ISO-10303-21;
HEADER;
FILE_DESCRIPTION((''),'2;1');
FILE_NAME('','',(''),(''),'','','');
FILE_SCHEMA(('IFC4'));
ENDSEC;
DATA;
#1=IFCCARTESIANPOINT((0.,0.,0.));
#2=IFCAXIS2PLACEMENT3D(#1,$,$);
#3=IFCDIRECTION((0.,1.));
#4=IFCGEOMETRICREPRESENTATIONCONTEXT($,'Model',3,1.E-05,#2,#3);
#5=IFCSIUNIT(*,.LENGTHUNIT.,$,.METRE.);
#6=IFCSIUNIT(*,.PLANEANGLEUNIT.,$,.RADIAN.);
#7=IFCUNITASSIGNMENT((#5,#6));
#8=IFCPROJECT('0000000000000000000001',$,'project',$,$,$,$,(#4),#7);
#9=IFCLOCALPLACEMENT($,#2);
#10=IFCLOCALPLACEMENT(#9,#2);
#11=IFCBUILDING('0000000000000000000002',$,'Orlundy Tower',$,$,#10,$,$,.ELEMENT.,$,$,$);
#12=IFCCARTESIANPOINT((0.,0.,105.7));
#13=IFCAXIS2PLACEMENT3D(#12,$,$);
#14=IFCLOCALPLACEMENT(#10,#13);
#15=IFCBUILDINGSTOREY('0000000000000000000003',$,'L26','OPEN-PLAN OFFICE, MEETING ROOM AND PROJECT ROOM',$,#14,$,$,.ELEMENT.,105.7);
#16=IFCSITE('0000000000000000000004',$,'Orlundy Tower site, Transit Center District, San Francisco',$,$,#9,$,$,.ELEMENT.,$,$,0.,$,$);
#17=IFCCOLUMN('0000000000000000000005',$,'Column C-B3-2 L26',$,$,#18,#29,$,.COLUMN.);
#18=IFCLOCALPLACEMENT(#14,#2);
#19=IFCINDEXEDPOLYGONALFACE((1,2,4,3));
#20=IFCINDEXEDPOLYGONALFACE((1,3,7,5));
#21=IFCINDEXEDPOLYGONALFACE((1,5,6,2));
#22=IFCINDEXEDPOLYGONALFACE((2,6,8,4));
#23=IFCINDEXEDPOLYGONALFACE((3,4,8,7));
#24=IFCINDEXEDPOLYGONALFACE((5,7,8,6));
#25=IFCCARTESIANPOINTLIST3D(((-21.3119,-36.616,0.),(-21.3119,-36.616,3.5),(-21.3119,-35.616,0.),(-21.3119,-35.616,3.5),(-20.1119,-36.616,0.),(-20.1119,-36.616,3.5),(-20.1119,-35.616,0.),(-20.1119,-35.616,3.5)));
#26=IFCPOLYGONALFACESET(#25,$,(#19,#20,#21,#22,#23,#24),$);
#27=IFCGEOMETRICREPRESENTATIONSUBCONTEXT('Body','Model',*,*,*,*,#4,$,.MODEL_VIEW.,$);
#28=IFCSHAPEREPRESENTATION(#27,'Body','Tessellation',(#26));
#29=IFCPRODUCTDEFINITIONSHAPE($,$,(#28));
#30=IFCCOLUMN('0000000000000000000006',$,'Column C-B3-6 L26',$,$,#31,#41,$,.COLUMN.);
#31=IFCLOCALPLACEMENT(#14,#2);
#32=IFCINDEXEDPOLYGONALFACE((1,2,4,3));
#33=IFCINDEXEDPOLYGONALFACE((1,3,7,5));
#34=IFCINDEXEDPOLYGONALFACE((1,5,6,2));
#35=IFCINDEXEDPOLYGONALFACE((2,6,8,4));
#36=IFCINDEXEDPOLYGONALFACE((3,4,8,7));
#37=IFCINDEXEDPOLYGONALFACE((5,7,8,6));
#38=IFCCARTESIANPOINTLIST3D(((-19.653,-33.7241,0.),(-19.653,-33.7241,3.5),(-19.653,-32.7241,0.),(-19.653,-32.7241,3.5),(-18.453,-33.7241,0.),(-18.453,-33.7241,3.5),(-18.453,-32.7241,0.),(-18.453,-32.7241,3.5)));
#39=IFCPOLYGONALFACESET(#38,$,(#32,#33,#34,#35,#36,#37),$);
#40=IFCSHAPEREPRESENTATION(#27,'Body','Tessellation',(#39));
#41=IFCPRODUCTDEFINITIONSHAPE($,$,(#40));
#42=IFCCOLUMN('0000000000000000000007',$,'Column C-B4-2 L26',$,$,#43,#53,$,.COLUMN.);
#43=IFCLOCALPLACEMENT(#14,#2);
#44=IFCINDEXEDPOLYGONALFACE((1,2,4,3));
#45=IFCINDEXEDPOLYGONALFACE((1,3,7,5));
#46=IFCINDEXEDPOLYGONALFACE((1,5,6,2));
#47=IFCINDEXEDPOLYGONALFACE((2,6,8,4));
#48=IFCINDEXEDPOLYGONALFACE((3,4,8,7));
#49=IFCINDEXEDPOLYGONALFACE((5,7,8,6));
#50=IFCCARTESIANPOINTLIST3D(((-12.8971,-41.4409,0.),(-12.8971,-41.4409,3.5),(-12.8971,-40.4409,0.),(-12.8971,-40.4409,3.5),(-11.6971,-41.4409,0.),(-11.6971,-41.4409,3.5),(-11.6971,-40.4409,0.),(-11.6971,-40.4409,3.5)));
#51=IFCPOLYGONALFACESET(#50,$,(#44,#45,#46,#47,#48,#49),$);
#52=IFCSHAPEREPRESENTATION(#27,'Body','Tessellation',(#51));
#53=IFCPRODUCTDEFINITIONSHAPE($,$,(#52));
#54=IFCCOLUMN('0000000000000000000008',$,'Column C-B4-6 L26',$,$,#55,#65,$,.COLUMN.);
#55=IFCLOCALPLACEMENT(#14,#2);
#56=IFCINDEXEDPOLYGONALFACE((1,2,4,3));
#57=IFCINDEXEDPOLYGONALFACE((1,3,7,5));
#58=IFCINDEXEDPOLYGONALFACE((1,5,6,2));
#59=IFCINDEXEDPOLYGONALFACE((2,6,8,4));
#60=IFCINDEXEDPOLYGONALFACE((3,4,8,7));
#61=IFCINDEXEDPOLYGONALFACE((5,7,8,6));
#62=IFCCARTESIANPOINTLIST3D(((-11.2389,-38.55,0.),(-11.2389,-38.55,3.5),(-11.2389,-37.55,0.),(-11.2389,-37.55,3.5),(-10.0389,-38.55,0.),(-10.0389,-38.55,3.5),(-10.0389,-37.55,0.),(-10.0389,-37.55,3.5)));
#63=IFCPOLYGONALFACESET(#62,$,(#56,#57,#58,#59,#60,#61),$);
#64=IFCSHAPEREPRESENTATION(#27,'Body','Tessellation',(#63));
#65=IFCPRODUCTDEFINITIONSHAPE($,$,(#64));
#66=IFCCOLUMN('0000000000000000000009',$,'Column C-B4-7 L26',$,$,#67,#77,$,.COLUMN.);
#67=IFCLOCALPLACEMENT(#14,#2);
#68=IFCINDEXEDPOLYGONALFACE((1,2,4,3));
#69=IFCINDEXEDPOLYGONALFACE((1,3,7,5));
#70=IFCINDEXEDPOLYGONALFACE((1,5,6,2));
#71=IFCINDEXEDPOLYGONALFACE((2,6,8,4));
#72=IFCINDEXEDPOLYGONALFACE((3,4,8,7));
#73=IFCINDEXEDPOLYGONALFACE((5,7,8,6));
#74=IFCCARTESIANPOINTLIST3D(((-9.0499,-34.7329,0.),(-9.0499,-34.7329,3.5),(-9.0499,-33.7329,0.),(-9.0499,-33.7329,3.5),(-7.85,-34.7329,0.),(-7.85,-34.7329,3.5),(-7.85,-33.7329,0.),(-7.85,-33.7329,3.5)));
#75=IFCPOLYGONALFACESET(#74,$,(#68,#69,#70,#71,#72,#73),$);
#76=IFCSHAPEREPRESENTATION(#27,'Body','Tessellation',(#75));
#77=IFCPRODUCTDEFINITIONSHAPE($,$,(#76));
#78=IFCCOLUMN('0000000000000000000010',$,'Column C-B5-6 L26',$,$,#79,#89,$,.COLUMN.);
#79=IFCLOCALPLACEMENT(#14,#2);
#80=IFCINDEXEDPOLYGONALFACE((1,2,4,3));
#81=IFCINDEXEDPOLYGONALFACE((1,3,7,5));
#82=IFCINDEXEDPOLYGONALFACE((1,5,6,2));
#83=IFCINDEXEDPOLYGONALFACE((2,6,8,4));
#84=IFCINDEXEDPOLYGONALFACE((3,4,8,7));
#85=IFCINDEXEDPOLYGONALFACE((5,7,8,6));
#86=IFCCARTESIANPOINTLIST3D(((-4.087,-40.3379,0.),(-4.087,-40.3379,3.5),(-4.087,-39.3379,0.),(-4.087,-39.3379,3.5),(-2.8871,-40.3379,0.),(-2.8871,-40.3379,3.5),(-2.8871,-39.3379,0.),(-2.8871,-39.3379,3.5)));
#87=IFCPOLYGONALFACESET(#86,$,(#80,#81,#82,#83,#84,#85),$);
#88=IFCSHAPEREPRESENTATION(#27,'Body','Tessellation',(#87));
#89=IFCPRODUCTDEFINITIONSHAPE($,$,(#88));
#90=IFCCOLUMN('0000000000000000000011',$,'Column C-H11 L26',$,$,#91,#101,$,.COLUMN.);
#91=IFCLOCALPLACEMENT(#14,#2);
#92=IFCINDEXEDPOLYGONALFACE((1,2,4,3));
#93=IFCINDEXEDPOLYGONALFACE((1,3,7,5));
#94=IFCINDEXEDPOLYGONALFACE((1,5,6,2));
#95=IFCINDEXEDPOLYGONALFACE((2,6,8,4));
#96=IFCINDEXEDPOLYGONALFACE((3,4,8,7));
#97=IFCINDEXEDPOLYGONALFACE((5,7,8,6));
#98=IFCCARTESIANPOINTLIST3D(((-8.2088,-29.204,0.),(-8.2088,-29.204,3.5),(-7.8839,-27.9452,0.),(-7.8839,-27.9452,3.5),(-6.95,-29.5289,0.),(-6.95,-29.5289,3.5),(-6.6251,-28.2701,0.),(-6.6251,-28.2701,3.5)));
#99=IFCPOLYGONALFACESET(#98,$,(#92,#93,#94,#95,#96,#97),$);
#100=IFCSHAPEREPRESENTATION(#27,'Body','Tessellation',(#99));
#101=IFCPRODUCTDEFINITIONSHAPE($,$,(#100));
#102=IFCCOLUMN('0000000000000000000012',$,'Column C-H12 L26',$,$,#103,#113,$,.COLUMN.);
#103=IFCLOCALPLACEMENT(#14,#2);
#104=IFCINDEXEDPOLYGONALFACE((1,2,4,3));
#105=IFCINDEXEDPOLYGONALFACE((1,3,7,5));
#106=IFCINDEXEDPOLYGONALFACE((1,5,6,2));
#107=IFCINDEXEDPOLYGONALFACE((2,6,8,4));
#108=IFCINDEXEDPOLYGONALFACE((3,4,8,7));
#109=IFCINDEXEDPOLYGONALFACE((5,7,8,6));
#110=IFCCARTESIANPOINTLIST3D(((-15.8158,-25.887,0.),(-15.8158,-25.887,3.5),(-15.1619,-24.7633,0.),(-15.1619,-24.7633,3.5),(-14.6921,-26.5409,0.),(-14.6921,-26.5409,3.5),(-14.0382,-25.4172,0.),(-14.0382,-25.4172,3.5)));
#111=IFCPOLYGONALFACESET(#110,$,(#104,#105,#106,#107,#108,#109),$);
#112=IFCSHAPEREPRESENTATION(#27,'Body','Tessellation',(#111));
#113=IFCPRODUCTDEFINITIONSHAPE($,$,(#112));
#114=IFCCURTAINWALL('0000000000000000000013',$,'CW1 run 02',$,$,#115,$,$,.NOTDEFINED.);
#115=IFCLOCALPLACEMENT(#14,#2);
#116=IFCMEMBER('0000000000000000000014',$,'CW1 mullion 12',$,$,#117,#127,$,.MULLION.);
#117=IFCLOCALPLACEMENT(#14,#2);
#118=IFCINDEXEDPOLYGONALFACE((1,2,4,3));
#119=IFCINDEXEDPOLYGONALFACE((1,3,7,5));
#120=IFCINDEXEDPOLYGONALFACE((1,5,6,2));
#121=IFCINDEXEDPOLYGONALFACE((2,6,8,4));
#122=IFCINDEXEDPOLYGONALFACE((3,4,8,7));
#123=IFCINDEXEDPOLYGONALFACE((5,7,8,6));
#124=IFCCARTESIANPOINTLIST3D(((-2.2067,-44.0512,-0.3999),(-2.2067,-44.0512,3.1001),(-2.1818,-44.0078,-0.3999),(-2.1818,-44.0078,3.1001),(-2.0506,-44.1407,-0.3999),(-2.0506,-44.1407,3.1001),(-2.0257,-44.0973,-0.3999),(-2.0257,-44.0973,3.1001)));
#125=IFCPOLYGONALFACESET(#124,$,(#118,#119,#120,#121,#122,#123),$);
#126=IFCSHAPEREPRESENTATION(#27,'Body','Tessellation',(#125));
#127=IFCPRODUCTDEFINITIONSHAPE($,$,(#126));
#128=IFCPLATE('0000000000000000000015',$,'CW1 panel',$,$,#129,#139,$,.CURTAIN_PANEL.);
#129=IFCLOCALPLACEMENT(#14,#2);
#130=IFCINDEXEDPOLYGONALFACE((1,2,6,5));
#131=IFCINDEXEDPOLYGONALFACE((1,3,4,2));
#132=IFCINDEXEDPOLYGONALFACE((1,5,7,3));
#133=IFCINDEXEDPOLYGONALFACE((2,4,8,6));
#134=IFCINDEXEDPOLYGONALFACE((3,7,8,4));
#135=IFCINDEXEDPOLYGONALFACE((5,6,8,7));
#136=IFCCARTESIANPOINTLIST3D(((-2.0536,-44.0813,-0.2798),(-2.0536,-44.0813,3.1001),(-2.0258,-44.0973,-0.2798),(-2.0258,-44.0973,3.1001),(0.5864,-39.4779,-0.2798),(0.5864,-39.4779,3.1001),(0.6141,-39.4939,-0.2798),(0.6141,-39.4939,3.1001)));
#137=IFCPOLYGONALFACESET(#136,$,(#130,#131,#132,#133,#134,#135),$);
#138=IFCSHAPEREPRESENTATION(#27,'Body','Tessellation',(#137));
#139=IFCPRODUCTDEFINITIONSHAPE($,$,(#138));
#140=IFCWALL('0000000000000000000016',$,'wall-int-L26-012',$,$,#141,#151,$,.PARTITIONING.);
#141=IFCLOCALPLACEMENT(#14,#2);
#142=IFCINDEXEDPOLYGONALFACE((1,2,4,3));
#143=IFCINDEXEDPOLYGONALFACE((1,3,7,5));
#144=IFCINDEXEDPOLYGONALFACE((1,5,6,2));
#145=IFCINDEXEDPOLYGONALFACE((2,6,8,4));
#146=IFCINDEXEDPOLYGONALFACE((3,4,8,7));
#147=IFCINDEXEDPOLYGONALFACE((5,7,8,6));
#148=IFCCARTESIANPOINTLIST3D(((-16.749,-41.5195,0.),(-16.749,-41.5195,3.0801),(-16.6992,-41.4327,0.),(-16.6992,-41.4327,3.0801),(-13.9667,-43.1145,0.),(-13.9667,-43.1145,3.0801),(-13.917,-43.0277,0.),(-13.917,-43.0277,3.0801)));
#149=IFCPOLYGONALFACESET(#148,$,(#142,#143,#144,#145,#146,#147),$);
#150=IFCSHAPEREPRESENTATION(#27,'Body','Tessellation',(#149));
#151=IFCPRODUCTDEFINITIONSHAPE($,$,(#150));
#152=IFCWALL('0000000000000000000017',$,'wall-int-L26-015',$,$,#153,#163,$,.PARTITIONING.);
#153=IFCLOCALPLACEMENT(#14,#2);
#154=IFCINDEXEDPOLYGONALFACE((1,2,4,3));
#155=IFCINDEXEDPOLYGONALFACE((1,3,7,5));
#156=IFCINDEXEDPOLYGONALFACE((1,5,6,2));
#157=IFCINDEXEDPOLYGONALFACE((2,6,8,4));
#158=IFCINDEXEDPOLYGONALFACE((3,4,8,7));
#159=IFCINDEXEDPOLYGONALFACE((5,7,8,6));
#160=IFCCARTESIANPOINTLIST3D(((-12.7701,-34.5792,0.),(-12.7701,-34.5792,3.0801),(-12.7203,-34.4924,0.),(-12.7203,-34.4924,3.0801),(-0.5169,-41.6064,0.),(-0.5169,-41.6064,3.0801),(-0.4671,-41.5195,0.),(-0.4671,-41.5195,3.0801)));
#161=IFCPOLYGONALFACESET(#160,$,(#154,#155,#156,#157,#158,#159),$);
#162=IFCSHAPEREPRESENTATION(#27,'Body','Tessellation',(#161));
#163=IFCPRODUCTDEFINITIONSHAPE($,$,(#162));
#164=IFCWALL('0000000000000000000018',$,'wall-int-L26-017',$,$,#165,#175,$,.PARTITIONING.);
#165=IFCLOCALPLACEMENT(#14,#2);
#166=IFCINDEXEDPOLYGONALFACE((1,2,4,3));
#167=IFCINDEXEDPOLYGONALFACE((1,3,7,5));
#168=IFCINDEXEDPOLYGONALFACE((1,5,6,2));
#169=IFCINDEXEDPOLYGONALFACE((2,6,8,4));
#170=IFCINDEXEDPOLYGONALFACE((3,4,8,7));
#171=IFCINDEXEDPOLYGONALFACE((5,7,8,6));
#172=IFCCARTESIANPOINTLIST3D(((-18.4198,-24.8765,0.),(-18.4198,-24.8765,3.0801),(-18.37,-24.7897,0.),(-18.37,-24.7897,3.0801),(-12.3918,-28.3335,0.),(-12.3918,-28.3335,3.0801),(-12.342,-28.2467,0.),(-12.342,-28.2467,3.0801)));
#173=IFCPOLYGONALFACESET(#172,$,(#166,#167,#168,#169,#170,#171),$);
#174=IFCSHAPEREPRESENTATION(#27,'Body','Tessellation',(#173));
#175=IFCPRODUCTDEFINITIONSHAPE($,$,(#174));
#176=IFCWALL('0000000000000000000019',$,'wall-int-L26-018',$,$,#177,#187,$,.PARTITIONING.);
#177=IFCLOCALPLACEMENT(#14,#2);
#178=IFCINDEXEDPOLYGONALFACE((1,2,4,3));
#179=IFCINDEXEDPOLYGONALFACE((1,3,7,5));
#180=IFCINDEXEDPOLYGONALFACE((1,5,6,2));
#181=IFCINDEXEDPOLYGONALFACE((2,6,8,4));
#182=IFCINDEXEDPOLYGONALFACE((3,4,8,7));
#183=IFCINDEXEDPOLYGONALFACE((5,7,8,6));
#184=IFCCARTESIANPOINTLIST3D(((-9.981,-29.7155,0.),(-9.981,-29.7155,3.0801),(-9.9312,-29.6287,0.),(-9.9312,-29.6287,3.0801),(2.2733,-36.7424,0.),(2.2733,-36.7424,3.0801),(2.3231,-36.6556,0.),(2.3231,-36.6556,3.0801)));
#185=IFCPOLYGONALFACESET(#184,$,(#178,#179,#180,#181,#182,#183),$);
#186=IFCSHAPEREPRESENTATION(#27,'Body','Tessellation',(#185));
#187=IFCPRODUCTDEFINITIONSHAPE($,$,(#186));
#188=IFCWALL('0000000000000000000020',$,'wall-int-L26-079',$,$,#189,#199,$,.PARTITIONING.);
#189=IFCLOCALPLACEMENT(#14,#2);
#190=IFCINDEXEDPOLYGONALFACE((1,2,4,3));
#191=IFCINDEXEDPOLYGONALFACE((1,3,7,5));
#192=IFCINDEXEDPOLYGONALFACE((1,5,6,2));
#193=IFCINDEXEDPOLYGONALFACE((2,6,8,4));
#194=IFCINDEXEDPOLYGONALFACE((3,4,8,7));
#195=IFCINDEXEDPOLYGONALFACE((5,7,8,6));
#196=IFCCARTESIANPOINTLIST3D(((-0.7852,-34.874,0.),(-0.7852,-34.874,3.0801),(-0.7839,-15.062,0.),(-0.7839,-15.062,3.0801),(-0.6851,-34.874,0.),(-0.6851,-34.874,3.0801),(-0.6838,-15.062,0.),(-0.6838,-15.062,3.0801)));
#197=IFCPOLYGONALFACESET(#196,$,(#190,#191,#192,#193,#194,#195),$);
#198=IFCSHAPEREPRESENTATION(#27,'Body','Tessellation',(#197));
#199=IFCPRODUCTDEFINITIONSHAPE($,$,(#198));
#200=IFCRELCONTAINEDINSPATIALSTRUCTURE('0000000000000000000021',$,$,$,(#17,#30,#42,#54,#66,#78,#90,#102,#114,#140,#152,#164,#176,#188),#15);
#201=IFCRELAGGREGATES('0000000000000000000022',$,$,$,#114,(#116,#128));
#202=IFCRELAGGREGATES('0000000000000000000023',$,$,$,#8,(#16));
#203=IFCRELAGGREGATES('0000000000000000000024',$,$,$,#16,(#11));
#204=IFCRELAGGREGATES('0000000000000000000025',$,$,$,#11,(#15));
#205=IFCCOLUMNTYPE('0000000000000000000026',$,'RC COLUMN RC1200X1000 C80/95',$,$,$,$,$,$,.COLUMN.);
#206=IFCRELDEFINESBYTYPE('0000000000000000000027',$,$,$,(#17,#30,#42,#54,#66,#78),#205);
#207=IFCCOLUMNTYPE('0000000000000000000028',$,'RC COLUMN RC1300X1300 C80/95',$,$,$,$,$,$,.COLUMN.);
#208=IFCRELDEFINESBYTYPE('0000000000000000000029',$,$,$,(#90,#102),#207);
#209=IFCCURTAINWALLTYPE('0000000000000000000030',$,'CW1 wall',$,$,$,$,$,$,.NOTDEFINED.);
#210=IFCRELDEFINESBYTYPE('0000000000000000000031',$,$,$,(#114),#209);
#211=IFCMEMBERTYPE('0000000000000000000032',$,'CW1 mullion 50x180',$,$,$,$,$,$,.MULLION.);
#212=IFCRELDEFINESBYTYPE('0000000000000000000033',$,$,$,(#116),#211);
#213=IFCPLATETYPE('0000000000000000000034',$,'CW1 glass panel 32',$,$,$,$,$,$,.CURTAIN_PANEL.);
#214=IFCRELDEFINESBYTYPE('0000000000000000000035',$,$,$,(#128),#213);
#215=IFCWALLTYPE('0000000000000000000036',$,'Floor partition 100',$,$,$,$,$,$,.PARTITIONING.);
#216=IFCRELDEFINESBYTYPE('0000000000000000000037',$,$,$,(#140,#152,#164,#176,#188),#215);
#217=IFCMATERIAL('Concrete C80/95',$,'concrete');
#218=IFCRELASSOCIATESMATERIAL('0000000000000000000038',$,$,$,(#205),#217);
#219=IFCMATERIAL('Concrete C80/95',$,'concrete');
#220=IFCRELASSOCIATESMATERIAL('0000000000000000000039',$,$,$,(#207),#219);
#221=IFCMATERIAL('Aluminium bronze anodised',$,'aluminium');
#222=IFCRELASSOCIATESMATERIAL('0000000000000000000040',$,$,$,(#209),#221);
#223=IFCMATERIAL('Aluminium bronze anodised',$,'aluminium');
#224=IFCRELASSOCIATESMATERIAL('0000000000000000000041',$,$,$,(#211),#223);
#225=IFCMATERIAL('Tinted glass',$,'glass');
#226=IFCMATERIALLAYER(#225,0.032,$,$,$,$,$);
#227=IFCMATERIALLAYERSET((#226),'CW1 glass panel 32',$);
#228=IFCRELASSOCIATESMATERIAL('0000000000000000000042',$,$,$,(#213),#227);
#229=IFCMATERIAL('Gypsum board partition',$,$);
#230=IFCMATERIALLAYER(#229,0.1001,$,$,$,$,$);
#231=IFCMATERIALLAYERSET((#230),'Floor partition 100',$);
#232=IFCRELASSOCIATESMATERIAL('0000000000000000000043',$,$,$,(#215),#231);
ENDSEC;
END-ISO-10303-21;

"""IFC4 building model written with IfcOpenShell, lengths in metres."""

from ifc_helpers import new_model, si_unit, direction, frame, frame_2d, origin, origin_2d, place, context, subcontext, project, spatial, rectangle, extrude, material, layer, layer_set, material_profile, profile_set, type_object, element, aggregate, save


model = new_model("IFC4")

# Units and contexts
model_context = context("Model", 3, precision=1e-05, world=origin(), true_north=direction((0.0, 1.0)))
body_context = subcontext(model_context, "Body", "Model", "MODEL_VIEW")
ifc_project = project(units=[si_unit("LENGTHUNIT", "METRE"), si_unit("PLANEANGLEUNIT", "RADIAN")], contexts=[model_context])

# Site, building, storey
site_placement = place(None, origin())
site = spatial("IfcSite", under=ifc_project, at=site_placement, Name="Orlundy Tower site, Transit Center District, San Francisco", CompositionType="ELEMENT", RefElevation=0.0)
building_placement = place(site_placement, origin())
building = spatial("IfcBuilding", under=site, at=building_placement, Name="Orlundy Tower", CompositionType="ELEMENT")
storey_placement = place(building_placement, frame((0.0, 0.0, 105.7)))
storey = spatial("IfcBuildingStorey", under=building, at=storey_placement, Name="L26", Description="OPEN-PLAN OFFICE, MEETING ROOM AND PROJECT ROOM", CompositionType="ELEMENT", Elevation=105.7)

# Columns
ifc_material_1 = material(Name="Concrete C80/95", Category="concrete")
ifc_material_profile_1 = material_profile(ifc_material_1, rectangle(XDim=1.2, YDim=1.0, at=origin_2d()), Name="RC1200X1000")
ifc_profile_set_1 = profile_set([ifc_material_profile_1], Name="Concrete C80/95")
column_type_1 = type_object("IfcColumnType", Name="RC COLUMN RC1200X1000 C80/95", PredefinedType="COLUMN", material=ifc_profile_set_1)
for number, where, z_axis, x_axis, name in (
    (1, (-20.7119, -36.116, 0.0), (0.0, 0.0, 1.0), (1.0, 0.0, 0.0), "Column C-B3-2 L26"),
    (2, (-19.053, -33.2241, 0.0), (0.0, 0.0, 1.0), (1.0, 0.0, 0.0), "Column C-B3-6 L26"),
    (3, (-12.2971, -40.9409, 0.0), (0.0, 0.0, 1.0), (1.0, 0.0, 0.0), "Column C-B4-2 L26"),
    (4, (-10.6389, -38.05, 0.0), (0.0, 0.0, 1.0), (1.0, 0.0, 0.0), "Column C-B4-6 L26"),
    (5, (-8.45, -34.2329, 0.0), (0.0, 0.0, 1.0), (1.0, 0.0, 0.0), "Column C-B4-7 L26"),
    (6, (-3.4871, -39.8379, 0.0), (0.0, 0.0, 1.0), (1.0, 0.0, 0.0), "Column C-B5-6 L26"),
):
    element("IfcColumn", number, at=place(storey_placement, frame(where, z_axis=z_axis, x_axis=x_axis)), inside=storey, type_object=column_type_1, Name=name, PredefinedType="COLUMN", context=body_context, shape_type="SweptSolid", body=[
        extrude(rectangle(XDim=1.2, YDim=1.0, at=origin_2d()), origin(), (0.0, 0.0, 1.0), 3.5),
    ])
ifc_material_2 = material(Name="Concrete C80/95", Category="concrete")
ifc_material_profile_2 = material_profile(ifc_material_2, rectangle(XDim=1.3, YDim=1.3, at=origin_2d()), Name="RC1300X1300")
ifc_profile_set_2 = profile_set([ifc_material_profile_2], Name="Concrete C80/95")
column_type_2 = type_object("IfcColumnType", Name="RC COLUMN RC1300X1300 C80/95", PredefinedType="COLUMN", material=ifc_profile_set_2)
for number, where, z_axis, x_axis, name in (
    (7, (-7.417, -28.7371, 0.0), (0.0, 0.0, 1.0), (-0.249907, -0.96827, 0.0), "Column C-H11 L26"),
    (8, (-14.927, -25.6521, 0.0), (0.0, 0.0, 1.0), (-0.502945, -0.864319, 0.0), "Column C-H12 L26"),
):
    element("IfcColumn", number, at=place(storey_placement, frame(where, z_axis=z_axis, x_axis=x_axis)), inside=storey, type_object=column_type_2, Name=name, PredefinedType="COLUMN", context=body_context, shape_type="SweptSolid", body=[
        extrude(rectangle(XDim=1.3, YDim=1.3, at=origin_2d()), origin(), (0.0, 0.0, 1.0), 3.5),
    ])

# Curtain wall, member, plate
ifc_material_3 = material(Name="Aluminium bronze anodised", Category="aluminium")
curtain_wall_type = type_object("IfcCurtainWallType", Name="CW1 wall", PredefinedType="NOTDEFINED", material=ifc_material_3)
curtain_wall_placement = place(storey_placement, origin())
curtain_wall = element("IfcCurtainWall", 9, at=curtain_wall_placement, inside=storey, type_object=curtain_wall_type, Name="CW1 run 02", PredefinedType="NOTDEFINED")
ifc_material_4 = material(Name="Aluminium bronze anodised", Category="aluminium")
ifc_material_profile_3 = material_profile(ifc_material_4, rectangle(XDim=0.1799, YDim=0.05, at=origin_2d()), Name="CW1 mullion 50x180")
ifc_profile_set_3 = profile_set([ifc_material_profile_3], Name="Aluminium bronze anodised")
member_type = type_object("IfcMemberType", Name="CW1 mullion 50x180", PredefinedType="MULLION", material=ifc_profile_set_3)
member_placement = place(storey_placement, frame((-2.1162, -44.0742, -0.3999), z_axis=(0.0, 0.0, 1.0), x_axis=(0.867479, -0.497473, 0.0)))
member = element("IfcMember", 10, at=member_placement, type_object=member_type, Name="CW1 mullion 12", PredefinedType="MULLION", context=body_context, shape_type="SweptSolid", body=[
    extrude(rectangle(XDim=0.1799, YDim=0.05, at=origin_2d()), origin(), (0.0, 0.0, 1.0), 3.5),
])
ifc_material_5 = material(Name="Tinted glass", Category="glass")
ifc_layer_1 = layer(ifc_material_5, 0.032)
ifc_layer_set_1 = layer_set([ifc_layer_1], Name="CW1 glass panel 32")
plate_type = type_object("IfcPlateType", Name="CW1 glass panel 32", PredefinedType="CURTAIN_PANEL", material=ifc_layer_set_1)
plate_placement = place(storey_placement, frame((-0.7197, -41.7876, -0.2798), z_axis=(0.0, 0.0, 1.0), x_axis=(-0.497473, -0.867479, 0.0)))
plate = element("IfcPlate", 11, at=plate_placement, type_object=plate_type, Name="CW1 panel", PredefinedType="CURTAIN_PANEL", context=body_context, shape_type="SweptSolid", body=[
    extrude(rectangle(XDim=5.3066, YDim=0.032, at=origin_2d()), origin(), (0.0, 0.0, 1.0), 3.3799),
])
aggregate(curtain_wall, [member, plate])

# Walls
ifc_material_6 = material(Name="Gypsum board partition")
ifc_layer_2 = layer(ifc_material_6, 0.1001)
ifc_layer_set_2 = layer_set([ifc_layer_2], Name="Floor partition 100")
wall_type_1 = type_object("IfcWallType", Name="Floor partition 100", PredefinedType="PARTITIONING", material=ifc_layer_set_2)
wall_1_placement = place(storey_placement, frame((-16.7241, -41.4761, 0.0), z_axis=(0.0, 0.0, 1.0), x_axis=(0.867554, -0.497344, 0.0)))
element("IfcWall", 12, at=wall_1_placement, inside=storey, type_object=wall_type_1, Name="wall-int-L26-012", PredefinedType="PARTITIONING", context=body_context, shape_type="SweptSolid", body=[
    extrude(rectangle(XDim=3.207, YDim=0.1001, at=frame_2d((1.6035, 0.0))), origin(), (0.0, 0.0, 1.0), 3.0801),
])
wall_2_placement = place(storey_placement, frame((-12.7451, -34.5359, 0.0), z_axis=(0.0, 0.0, 1.0), x_axis=(0.867471, -0.497488, 0.0)))
element("IfcWall", 13, at=wall_2_placement, inside=storey, type_object=wall_type_1, Name="wall-int-L26-015", PredefinedType="PARTITIONING", context=body_context, shape_type="SweptSolid", body=[
    extrude(rectangle(XDim=14.1252, YDim=0.1001, at=frame_2d((7.0625, 0.0))), origin(), (0.0, 0.0, 1.0), 3.0801),
])
wall_3_placement = place(storey_placement, frame((-18.395, -24.833, 0.0), z_axis=(0.0, 0.0, 1.0), x_axis=(0.867472, -0.497485, 0.0)))
element("IfcWall", 14, at=wall_3_placement, inside=storey, type_object=wall_type_1, Name="wall-int-L26-017", PredefinedType="PARTITIONING", context=body_context, shape_type="SweptSolid", body=[
    extrude(rectangle(XDim=6.949, YDim=0.1001, at=frame_2d((3.4746, 0.0))), origin(), (0.0, 0.0, 1.0), 3.0801),
])
wall_4_placement = place(storey_placement, frame((-9.9561, -29.6721, 0.0), z_axis=(0.0, 0.0, 1.0), x_axis=(0.867496, -0.497445, 0.0)))
element("IfcWall", 15, at=wall_4_placement, inside=storey, type_object=wall_type_1, Name="wall-int-L26-018", PredefinedType="PARTITIONING", context=body_context, shape_type="SweptSolid", body=[
    extrude(rectangle(XDim=14.126, YDim=0.1001, at=frame_2d((7.063, 0.0))), origin(), (0.0, 0.0, 1.0), 3.0801),
])
wall_5_placement = place(storey_placement, frame((-0.7351, -34.874, 0.0), z_axis=(0.0, 0.0, 1.0), x_axis=(0.000062, 1.0, 0.0)))
element("IfcWall", 16, at=wall_5_placement, inside=storey, type_object=wall_type_1, Name="wall-int-L26-079", PredefinedType="PARTITIONING", context=body_context, shape_type="SweptSolid", body=[
    extrude(rectangle(XDim=19.812, YDim=0.1001, at=frame_2d((9.906, 0.0))), origin(), (0.0, 0.0, 1.0), 3.0801),
])

save(model, "model.ifc")
